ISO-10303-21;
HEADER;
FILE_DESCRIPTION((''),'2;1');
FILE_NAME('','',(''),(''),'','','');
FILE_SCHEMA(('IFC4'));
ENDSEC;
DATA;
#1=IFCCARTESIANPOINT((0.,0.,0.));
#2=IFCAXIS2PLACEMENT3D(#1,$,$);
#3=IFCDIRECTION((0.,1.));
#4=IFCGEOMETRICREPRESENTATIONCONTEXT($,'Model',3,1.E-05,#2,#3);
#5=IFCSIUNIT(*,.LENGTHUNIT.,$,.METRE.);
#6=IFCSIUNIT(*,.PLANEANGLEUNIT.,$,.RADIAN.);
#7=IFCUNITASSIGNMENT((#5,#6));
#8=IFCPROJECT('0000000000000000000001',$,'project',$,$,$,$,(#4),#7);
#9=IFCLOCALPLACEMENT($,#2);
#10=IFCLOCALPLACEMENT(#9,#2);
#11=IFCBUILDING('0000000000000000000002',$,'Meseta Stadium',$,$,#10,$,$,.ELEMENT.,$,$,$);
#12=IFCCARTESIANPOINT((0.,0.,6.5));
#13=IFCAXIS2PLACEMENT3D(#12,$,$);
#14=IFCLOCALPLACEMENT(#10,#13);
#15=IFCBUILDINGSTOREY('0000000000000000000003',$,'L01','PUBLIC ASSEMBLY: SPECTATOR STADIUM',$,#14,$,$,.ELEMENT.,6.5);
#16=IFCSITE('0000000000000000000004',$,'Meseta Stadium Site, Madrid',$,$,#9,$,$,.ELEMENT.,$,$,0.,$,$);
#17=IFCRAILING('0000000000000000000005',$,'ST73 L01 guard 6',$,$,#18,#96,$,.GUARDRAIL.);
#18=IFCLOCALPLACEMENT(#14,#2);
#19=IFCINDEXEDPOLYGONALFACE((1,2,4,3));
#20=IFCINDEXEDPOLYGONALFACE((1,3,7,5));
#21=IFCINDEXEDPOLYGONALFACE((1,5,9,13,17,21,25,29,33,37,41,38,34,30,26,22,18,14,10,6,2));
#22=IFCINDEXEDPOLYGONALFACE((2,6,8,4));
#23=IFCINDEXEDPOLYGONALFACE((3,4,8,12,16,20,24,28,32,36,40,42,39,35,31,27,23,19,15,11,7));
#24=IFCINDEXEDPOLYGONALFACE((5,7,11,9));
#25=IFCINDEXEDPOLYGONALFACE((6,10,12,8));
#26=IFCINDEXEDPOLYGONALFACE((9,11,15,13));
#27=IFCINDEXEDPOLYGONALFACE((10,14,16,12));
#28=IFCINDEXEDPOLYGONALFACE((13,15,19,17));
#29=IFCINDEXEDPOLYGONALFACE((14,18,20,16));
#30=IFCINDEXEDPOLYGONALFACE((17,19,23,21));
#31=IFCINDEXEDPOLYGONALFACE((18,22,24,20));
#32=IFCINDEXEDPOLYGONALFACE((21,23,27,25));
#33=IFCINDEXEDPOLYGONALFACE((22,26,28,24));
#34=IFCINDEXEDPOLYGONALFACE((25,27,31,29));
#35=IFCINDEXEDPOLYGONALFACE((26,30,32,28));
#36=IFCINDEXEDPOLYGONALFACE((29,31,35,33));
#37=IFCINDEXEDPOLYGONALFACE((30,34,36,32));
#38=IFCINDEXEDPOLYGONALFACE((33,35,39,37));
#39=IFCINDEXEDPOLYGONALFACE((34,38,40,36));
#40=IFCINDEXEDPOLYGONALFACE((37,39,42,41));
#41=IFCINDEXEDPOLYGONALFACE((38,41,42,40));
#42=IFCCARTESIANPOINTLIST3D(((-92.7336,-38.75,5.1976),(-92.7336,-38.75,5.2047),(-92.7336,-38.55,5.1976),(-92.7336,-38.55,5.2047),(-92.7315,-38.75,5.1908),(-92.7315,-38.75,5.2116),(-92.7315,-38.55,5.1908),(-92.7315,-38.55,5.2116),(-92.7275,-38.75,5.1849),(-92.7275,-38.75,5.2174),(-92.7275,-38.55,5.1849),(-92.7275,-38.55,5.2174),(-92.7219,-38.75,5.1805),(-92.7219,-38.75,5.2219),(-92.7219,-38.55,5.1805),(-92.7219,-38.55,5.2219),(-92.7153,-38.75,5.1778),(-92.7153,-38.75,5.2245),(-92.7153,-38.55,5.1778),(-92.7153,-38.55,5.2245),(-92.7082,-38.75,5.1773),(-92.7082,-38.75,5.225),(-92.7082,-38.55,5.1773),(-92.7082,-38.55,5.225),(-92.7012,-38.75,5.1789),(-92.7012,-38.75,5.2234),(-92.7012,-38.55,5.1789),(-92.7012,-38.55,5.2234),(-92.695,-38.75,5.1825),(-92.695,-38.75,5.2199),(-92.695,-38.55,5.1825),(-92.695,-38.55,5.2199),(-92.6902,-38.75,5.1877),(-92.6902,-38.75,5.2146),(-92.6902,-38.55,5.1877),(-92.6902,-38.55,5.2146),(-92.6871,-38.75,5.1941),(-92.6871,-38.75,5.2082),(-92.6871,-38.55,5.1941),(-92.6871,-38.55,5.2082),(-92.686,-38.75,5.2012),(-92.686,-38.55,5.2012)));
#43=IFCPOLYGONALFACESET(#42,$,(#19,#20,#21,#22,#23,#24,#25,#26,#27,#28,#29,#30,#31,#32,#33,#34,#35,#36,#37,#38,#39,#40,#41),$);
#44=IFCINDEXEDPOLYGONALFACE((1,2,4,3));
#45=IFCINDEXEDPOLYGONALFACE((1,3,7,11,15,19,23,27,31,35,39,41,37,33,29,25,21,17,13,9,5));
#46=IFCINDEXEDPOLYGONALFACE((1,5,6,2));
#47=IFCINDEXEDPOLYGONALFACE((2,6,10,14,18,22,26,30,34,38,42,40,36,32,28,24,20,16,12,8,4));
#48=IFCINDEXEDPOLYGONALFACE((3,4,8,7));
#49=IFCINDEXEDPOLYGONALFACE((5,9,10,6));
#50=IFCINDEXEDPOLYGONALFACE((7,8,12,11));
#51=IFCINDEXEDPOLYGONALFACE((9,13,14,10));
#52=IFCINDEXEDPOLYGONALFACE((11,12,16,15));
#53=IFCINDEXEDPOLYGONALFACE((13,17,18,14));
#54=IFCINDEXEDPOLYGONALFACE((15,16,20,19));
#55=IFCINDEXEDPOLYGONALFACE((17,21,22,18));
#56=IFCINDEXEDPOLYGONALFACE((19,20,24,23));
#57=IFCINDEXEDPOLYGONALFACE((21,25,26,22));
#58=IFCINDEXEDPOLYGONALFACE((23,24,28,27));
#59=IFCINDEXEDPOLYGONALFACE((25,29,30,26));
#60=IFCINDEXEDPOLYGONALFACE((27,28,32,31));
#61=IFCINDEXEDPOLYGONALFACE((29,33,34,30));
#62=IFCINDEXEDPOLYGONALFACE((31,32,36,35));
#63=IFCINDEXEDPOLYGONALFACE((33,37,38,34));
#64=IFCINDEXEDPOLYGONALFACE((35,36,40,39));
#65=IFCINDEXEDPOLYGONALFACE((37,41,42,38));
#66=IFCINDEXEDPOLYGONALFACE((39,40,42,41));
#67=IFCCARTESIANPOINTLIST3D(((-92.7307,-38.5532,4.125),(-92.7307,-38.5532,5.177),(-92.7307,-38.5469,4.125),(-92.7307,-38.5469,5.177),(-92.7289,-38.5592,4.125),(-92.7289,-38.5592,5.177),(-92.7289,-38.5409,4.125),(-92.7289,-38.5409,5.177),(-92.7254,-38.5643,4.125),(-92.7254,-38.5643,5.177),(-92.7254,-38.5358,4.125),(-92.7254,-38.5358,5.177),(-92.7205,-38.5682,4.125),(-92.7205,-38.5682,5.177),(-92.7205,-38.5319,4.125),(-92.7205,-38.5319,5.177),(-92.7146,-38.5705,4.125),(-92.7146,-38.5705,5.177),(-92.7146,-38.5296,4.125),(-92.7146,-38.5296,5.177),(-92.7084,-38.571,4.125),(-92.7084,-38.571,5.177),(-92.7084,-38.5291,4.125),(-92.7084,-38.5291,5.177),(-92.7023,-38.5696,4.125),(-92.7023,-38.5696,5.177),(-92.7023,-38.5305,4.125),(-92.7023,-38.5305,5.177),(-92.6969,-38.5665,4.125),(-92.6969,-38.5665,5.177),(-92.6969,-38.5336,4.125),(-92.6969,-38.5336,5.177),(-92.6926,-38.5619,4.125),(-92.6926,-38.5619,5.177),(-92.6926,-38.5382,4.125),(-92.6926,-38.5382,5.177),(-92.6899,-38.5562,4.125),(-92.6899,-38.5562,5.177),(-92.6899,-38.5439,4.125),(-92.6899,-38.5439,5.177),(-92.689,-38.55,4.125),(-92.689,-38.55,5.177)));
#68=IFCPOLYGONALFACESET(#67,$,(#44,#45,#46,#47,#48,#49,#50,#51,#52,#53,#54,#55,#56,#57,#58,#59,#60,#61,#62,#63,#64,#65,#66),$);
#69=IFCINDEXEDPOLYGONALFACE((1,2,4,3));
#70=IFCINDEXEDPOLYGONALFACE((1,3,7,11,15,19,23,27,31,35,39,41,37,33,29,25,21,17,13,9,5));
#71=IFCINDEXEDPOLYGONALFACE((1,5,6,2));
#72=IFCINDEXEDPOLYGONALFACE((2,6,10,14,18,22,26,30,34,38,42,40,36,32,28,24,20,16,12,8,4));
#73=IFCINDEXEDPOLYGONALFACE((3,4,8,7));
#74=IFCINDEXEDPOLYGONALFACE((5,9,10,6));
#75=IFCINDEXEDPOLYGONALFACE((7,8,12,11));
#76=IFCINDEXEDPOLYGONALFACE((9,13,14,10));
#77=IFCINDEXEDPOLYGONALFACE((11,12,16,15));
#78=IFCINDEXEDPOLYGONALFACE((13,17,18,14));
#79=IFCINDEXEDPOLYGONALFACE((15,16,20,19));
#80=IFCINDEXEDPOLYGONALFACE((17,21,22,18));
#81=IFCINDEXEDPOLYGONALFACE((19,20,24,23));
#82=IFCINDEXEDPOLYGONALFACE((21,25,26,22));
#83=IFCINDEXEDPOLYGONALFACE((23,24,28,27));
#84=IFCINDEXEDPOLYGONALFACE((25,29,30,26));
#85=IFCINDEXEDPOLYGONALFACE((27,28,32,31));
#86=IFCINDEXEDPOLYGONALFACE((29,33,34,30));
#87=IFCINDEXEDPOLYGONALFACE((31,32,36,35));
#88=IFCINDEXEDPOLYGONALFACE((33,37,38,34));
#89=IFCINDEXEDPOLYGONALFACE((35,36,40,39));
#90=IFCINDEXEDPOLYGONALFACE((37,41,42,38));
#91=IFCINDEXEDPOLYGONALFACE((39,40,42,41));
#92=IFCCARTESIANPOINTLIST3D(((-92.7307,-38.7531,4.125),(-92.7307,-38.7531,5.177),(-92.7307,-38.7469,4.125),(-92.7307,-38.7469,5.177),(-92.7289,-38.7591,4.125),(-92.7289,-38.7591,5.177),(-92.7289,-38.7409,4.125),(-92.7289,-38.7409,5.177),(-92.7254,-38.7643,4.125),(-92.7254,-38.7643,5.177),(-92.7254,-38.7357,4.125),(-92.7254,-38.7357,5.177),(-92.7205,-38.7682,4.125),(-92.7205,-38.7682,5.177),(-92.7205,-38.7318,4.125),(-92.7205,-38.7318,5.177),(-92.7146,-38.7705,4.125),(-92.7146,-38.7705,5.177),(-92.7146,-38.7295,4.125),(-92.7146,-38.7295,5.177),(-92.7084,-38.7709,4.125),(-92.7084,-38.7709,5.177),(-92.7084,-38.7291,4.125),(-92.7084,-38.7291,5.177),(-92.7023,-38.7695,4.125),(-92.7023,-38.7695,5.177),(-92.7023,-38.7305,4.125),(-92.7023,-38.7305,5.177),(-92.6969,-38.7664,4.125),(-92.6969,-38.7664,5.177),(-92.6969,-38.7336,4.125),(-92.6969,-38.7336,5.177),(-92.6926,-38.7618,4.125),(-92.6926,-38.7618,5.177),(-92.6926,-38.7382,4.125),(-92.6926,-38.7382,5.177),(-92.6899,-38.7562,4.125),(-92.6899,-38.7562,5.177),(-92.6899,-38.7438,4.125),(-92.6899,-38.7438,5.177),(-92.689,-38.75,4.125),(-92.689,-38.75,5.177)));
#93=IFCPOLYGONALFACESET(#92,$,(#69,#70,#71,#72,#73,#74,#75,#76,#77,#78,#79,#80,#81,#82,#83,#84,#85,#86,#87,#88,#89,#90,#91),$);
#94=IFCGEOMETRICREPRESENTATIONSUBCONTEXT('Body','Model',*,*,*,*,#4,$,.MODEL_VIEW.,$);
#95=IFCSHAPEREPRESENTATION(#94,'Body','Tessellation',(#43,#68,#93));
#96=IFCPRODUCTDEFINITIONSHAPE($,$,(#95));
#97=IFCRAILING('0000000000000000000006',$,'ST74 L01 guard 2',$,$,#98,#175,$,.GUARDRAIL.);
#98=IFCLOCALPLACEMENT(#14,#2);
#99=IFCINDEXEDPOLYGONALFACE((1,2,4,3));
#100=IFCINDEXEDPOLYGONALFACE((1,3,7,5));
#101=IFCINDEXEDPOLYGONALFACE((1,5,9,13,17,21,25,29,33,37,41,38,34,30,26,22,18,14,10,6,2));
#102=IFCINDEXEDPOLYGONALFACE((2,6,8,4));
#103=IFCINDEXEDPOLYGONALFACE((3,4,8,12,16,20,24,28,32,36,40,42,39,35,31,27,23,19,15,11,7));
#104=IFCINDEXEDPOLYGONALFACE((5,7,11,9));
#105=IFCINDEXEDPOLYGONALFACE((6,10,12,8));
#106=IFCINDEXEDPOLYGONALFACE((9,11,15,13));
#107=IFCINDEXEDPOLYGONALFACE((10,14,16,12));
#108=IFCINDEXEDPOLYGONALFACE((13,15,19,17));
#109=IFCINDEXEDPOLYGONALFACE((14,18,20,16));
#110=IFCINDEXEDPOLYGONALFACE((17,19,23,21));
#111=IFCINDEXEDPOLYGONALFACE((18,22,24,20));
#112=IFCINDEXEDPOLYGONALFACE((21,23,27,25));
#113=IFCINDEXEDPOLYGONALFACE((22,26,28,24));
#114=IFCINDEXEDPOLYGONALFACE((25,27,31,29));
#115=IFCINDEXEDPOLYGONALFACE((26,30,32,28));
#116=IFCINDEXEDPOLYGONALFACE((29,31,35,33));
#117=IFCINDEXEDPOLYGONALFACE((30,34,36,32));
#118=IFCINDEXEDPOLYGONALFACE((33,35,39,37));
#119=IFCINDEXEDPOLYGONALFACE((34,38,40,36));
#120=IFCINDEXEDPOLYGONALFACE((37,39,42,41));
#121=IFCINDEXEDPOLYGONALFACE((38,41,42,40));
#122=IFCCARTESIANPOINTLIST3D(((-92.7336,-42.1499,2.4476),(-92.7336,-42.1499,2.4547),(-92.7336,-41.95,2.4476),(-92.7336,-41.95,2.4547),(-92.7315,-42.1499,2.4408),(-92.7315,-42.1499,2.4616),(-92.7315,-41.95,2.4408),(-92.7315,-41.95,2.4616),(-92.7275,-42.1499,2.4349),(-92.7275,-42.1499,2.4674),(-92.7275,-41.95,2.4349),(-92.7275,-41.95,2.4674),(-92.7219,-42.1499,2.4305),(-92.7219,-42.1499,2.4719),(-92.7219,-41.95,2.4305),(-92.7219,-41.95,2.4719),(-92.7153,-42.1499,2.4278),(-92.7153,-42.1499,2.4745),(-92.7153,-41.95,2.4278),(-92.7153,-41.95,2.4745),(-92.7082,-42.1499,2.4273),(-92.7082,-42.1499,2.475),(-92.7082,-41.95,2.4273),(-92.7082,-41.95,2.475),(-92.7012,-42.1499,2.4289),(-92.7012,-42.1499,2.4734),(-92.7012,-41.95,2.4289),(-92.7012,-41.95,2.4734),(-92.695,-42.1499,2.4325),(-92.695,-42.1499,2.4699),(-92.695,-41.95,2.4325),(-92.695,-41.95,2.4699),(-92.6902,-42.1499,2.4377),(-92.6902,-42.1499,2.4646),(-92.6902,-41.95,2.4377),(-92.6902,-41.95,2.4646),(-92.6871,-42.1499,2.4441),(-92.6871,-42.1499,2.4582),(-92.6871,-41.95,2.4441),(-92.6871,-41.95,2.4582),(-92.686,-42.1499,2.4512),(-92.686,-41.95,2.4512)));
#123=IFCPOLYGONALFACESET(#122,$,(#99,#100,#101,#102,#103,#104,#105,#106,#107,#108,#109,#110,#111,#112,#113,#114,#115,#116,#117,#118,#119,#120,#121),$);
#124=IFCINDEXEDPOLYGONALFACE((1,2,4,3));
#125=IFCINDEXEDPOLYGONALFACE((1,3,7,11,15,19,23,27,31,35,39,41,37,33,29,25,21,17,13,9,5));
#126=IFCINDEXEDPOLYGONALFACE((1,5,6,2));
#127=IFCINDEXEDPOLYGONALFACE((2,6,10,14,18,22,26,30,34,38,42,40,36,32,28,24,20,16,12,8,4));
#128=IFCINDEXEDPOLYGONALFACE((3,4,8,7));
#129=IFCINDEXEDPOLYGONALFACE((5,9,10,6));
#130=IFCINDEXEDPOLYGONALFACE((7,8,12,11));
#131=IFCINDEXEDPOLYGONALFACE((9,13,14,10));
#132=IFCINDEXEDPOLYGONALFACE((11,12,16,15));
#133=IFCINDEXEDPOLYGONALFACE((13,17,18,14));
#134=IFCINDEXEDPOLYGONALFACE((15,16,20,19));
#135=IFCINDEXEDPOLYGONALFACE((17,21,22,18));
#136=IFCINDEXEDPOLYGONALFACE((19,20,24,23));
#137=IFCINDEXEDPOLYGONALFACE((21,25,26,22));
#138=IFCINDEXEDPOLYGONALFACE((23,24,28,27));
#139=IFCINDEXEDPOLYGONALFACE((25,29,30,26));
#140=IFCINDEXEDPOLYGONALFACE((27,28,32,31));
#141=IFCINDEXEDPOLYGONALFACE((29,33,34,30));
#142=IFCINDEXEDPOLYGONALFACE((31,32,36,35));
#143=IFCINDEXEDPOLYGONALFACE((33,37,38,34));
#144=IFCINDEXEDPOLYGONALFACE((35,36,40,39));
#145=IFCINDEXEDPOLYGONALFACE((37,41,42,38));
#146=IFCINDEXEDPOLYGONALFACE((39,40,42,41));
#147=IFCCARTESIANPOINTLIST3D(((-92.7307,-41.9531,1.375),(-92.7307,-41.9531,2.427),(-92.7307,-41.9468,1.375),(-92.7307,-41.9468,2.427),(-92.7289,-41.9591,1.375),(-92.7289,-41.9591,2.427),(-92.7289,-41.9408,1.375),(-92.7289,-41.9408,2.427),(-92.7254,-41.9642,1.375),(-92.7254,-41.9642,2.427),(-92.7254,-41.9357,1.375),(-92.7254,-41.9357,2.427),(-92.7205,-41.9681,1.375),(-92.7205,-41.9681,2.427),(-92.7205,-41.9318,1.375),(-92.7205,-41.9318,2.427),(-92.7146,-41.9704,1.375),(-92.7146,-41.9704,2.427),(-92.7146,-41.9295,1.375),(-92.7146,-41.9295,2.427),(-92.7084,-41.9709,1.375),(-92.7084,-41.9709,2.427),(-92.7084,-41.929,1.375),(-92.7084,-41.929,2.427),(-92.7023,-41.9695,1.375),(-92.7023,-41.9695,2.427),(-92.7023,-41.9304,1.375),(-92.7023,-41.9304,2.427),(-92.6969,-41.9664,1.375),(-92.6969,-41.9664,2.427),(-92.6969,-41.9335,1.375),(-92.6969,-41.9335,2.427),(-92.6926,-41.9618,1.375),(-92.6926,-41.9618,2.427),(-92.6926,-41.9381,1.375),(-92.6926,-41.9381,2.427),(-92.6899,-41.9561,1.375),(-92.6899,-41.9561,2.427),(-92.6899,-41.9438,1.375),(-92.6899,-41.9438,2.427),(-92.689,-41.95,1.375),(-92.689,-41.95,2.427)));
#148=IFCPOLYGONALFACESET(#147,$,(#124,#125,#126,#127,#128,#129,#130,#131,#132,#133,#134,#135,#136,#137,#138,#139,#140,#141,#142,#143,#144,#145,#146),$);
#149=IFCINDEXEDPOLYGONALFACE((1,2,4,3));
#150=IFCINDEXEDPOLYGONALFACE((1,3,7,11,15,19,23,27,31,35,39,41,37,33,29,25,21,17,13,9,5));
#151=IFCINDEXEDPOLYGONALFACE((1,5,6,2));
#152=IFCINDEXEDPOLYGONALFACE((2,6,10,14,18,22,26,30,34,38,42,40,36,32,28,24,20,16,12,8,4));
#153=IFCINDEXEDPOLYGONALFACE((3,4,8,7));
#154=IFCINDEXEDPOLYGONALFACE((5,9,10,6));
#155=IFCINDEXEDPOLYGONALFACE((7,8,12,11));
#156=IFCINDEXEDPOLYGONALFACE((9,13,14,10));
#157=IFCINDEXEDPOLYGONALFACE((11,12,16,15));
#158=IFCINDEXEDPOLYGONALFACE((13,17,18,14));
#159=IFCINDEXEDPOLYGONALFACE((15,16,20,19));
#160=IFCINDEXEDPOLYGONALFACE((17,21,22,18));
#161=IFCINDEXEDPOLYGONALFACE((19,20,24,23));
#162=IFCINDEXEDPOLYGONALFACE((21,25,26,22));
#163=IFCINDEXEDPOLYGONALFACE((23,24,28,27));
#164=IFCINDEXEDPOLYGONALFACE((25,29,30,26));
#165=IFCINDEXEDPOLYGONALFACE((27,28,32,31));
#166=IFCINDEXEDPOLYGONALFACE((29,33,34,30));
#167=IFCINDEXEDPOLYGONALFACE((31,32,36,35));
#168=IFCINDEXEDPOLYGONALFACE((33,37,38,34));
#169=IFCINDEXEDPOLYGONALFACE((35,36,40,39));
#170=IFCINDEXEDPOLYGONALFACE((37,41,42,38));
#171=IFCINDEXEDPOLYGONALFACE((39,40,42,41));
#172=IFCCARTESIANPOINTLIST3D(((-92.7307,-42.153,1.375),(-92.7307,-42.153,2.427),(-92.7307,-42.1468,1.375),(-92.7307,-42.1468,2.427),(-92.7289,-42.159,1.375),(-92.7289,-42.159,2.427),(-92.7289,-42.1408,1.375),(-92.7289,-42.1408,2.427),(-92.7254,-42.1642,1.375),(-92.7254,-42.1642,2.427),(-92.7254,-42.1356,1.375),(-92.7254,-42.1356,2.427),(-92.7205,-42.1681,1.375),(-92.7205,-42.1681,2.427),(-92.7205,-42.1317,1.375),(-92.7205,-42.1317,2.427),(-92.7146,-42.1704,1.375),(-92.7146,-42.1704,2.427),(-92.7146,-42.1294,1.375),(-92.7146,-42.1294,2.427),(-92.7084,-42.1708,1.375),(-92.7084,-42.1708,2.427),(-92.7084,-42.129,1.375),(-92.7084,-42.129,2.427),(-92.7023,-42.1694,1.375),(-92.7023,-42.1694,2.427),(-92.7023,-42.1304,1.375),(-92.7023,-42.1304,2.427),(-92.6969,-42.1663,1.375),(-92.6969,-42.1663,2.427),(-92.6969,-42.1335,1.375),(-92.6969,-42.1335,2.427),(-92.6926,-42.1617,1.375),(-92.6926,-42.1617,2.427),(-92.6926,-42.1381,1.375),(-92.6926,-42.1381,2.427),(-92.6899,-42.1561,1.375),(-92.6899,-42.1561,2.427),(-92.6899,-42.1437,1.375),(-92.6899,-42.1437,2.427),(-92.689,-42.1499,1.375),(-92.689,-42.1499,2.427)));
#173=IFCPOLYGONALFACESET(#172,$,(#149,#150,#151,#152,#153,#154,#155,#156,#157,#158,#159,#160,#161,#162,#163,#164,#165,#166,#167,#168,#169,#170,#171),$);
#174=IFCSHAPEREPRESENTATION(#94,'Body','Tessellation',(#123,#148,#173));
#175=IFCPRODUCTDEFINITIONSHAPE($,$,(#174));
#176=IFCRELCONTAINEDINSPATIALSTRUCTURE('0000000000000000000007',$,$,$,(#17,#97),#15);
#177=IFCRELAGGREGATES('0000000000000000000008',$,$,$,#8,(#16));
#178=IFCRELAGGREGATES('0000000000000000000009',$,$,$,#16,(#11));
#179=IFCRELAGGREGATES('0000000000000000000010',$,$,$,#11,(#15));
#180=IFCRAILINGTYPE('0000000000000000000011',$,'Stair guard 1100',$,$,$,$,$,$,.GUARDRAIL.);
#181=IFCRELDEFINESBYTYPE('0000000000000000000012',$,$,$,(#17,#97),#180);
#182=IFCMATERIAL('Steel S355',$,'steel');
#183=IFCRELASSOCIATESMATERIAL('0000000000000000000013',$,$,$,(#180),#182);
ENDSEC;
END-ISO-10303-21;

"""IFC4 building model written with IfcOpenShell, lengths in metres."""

from ifc_helpers import new_model, si_unit, direction, frame, origin, origin_2d, place, context, subcontext, project, spatial, circle, extrude, material, type_object, element, save


model = new_model("IFC4")

# Units and contexts
model_context = context("Model", 3, precision=1e-05, world=origin(), true_north=direction((0.0, 1.0)))
body_context = subcontext(model_context, "Body", "Model", "MODEL_VIEW")
ifc_project = project(units=[si_unit("LENGTHUNIT", "METRE"), si_unit("PLANEANGLEUNIT", "RADIAN")], contexts=[model_context])

# Site, building, storey
site_placement = place(None, origin())
site = spatial("IfcSite", under=ifc_project, at=site_placement, Name="Meseta Stadium Site, Madrid", CompositionType="ELEMENT", RefElevation=0.0)
building_placement = place(site_placement, origin())
building = spatial("IfcBuilding", under=site, at=building_placement, Name="Meseta Stadium", CompositionType="ELEMENT")
storey_placement = place(building_placement, frame((0.0, 0.0, 6.5)))
storey = spatial("IfcBuildingStorey", under=building, at=storey_placement, Name="L01", Description="PUBLIC ASSEMBLY: SPECTATOR STADIUM", CompositionType="ELEMENT", Elevation=6.5)

# Railings
ifc_material_1 = material(Name="Steel S355", Category="steel")
railing_type_1 = type_object("IfcRailingType", Name="Stair guard 1100", PredefinedType="GUARDRAIL", material=ifc_material_1)
for number, where, name in (
    (1, (-92.71, -38.55, 4.125), "ST73 L01 guard 6"),
    (2, (-92.71, -41.95, 1.375), "ST74 L01 guard 2"),
):
    element("IfcRailing", number, at=place(storey_placement, frame(where)), inside=storey, type_object=railing_type_1, Name=name, PredefinedType="GUARDRAIL", context=body_context, shape_type="SweptSolid", body=[
        extrude(circle(Radius=0.0239, at=origin_2d()), frame((0.0, 0.0, 1.0762), z_axis=(0.0, -1.0, 0.0), x_axis=(1.0, 0.0, 0.0)), (0.0, 0.0, 1.0), 0.2),
        extrude(circle(Radius=0.021, at=origin_2d()), origin(), (0.0, 0.0, 1.0), 1.052),
        extrude(circle(Radius=0.021, at=origin_2d()), frame((0.0, -0.2, 0.0)), (0.0, 0.0, 1.0), 1.052),
    ])

save(model, "model.ifc")
